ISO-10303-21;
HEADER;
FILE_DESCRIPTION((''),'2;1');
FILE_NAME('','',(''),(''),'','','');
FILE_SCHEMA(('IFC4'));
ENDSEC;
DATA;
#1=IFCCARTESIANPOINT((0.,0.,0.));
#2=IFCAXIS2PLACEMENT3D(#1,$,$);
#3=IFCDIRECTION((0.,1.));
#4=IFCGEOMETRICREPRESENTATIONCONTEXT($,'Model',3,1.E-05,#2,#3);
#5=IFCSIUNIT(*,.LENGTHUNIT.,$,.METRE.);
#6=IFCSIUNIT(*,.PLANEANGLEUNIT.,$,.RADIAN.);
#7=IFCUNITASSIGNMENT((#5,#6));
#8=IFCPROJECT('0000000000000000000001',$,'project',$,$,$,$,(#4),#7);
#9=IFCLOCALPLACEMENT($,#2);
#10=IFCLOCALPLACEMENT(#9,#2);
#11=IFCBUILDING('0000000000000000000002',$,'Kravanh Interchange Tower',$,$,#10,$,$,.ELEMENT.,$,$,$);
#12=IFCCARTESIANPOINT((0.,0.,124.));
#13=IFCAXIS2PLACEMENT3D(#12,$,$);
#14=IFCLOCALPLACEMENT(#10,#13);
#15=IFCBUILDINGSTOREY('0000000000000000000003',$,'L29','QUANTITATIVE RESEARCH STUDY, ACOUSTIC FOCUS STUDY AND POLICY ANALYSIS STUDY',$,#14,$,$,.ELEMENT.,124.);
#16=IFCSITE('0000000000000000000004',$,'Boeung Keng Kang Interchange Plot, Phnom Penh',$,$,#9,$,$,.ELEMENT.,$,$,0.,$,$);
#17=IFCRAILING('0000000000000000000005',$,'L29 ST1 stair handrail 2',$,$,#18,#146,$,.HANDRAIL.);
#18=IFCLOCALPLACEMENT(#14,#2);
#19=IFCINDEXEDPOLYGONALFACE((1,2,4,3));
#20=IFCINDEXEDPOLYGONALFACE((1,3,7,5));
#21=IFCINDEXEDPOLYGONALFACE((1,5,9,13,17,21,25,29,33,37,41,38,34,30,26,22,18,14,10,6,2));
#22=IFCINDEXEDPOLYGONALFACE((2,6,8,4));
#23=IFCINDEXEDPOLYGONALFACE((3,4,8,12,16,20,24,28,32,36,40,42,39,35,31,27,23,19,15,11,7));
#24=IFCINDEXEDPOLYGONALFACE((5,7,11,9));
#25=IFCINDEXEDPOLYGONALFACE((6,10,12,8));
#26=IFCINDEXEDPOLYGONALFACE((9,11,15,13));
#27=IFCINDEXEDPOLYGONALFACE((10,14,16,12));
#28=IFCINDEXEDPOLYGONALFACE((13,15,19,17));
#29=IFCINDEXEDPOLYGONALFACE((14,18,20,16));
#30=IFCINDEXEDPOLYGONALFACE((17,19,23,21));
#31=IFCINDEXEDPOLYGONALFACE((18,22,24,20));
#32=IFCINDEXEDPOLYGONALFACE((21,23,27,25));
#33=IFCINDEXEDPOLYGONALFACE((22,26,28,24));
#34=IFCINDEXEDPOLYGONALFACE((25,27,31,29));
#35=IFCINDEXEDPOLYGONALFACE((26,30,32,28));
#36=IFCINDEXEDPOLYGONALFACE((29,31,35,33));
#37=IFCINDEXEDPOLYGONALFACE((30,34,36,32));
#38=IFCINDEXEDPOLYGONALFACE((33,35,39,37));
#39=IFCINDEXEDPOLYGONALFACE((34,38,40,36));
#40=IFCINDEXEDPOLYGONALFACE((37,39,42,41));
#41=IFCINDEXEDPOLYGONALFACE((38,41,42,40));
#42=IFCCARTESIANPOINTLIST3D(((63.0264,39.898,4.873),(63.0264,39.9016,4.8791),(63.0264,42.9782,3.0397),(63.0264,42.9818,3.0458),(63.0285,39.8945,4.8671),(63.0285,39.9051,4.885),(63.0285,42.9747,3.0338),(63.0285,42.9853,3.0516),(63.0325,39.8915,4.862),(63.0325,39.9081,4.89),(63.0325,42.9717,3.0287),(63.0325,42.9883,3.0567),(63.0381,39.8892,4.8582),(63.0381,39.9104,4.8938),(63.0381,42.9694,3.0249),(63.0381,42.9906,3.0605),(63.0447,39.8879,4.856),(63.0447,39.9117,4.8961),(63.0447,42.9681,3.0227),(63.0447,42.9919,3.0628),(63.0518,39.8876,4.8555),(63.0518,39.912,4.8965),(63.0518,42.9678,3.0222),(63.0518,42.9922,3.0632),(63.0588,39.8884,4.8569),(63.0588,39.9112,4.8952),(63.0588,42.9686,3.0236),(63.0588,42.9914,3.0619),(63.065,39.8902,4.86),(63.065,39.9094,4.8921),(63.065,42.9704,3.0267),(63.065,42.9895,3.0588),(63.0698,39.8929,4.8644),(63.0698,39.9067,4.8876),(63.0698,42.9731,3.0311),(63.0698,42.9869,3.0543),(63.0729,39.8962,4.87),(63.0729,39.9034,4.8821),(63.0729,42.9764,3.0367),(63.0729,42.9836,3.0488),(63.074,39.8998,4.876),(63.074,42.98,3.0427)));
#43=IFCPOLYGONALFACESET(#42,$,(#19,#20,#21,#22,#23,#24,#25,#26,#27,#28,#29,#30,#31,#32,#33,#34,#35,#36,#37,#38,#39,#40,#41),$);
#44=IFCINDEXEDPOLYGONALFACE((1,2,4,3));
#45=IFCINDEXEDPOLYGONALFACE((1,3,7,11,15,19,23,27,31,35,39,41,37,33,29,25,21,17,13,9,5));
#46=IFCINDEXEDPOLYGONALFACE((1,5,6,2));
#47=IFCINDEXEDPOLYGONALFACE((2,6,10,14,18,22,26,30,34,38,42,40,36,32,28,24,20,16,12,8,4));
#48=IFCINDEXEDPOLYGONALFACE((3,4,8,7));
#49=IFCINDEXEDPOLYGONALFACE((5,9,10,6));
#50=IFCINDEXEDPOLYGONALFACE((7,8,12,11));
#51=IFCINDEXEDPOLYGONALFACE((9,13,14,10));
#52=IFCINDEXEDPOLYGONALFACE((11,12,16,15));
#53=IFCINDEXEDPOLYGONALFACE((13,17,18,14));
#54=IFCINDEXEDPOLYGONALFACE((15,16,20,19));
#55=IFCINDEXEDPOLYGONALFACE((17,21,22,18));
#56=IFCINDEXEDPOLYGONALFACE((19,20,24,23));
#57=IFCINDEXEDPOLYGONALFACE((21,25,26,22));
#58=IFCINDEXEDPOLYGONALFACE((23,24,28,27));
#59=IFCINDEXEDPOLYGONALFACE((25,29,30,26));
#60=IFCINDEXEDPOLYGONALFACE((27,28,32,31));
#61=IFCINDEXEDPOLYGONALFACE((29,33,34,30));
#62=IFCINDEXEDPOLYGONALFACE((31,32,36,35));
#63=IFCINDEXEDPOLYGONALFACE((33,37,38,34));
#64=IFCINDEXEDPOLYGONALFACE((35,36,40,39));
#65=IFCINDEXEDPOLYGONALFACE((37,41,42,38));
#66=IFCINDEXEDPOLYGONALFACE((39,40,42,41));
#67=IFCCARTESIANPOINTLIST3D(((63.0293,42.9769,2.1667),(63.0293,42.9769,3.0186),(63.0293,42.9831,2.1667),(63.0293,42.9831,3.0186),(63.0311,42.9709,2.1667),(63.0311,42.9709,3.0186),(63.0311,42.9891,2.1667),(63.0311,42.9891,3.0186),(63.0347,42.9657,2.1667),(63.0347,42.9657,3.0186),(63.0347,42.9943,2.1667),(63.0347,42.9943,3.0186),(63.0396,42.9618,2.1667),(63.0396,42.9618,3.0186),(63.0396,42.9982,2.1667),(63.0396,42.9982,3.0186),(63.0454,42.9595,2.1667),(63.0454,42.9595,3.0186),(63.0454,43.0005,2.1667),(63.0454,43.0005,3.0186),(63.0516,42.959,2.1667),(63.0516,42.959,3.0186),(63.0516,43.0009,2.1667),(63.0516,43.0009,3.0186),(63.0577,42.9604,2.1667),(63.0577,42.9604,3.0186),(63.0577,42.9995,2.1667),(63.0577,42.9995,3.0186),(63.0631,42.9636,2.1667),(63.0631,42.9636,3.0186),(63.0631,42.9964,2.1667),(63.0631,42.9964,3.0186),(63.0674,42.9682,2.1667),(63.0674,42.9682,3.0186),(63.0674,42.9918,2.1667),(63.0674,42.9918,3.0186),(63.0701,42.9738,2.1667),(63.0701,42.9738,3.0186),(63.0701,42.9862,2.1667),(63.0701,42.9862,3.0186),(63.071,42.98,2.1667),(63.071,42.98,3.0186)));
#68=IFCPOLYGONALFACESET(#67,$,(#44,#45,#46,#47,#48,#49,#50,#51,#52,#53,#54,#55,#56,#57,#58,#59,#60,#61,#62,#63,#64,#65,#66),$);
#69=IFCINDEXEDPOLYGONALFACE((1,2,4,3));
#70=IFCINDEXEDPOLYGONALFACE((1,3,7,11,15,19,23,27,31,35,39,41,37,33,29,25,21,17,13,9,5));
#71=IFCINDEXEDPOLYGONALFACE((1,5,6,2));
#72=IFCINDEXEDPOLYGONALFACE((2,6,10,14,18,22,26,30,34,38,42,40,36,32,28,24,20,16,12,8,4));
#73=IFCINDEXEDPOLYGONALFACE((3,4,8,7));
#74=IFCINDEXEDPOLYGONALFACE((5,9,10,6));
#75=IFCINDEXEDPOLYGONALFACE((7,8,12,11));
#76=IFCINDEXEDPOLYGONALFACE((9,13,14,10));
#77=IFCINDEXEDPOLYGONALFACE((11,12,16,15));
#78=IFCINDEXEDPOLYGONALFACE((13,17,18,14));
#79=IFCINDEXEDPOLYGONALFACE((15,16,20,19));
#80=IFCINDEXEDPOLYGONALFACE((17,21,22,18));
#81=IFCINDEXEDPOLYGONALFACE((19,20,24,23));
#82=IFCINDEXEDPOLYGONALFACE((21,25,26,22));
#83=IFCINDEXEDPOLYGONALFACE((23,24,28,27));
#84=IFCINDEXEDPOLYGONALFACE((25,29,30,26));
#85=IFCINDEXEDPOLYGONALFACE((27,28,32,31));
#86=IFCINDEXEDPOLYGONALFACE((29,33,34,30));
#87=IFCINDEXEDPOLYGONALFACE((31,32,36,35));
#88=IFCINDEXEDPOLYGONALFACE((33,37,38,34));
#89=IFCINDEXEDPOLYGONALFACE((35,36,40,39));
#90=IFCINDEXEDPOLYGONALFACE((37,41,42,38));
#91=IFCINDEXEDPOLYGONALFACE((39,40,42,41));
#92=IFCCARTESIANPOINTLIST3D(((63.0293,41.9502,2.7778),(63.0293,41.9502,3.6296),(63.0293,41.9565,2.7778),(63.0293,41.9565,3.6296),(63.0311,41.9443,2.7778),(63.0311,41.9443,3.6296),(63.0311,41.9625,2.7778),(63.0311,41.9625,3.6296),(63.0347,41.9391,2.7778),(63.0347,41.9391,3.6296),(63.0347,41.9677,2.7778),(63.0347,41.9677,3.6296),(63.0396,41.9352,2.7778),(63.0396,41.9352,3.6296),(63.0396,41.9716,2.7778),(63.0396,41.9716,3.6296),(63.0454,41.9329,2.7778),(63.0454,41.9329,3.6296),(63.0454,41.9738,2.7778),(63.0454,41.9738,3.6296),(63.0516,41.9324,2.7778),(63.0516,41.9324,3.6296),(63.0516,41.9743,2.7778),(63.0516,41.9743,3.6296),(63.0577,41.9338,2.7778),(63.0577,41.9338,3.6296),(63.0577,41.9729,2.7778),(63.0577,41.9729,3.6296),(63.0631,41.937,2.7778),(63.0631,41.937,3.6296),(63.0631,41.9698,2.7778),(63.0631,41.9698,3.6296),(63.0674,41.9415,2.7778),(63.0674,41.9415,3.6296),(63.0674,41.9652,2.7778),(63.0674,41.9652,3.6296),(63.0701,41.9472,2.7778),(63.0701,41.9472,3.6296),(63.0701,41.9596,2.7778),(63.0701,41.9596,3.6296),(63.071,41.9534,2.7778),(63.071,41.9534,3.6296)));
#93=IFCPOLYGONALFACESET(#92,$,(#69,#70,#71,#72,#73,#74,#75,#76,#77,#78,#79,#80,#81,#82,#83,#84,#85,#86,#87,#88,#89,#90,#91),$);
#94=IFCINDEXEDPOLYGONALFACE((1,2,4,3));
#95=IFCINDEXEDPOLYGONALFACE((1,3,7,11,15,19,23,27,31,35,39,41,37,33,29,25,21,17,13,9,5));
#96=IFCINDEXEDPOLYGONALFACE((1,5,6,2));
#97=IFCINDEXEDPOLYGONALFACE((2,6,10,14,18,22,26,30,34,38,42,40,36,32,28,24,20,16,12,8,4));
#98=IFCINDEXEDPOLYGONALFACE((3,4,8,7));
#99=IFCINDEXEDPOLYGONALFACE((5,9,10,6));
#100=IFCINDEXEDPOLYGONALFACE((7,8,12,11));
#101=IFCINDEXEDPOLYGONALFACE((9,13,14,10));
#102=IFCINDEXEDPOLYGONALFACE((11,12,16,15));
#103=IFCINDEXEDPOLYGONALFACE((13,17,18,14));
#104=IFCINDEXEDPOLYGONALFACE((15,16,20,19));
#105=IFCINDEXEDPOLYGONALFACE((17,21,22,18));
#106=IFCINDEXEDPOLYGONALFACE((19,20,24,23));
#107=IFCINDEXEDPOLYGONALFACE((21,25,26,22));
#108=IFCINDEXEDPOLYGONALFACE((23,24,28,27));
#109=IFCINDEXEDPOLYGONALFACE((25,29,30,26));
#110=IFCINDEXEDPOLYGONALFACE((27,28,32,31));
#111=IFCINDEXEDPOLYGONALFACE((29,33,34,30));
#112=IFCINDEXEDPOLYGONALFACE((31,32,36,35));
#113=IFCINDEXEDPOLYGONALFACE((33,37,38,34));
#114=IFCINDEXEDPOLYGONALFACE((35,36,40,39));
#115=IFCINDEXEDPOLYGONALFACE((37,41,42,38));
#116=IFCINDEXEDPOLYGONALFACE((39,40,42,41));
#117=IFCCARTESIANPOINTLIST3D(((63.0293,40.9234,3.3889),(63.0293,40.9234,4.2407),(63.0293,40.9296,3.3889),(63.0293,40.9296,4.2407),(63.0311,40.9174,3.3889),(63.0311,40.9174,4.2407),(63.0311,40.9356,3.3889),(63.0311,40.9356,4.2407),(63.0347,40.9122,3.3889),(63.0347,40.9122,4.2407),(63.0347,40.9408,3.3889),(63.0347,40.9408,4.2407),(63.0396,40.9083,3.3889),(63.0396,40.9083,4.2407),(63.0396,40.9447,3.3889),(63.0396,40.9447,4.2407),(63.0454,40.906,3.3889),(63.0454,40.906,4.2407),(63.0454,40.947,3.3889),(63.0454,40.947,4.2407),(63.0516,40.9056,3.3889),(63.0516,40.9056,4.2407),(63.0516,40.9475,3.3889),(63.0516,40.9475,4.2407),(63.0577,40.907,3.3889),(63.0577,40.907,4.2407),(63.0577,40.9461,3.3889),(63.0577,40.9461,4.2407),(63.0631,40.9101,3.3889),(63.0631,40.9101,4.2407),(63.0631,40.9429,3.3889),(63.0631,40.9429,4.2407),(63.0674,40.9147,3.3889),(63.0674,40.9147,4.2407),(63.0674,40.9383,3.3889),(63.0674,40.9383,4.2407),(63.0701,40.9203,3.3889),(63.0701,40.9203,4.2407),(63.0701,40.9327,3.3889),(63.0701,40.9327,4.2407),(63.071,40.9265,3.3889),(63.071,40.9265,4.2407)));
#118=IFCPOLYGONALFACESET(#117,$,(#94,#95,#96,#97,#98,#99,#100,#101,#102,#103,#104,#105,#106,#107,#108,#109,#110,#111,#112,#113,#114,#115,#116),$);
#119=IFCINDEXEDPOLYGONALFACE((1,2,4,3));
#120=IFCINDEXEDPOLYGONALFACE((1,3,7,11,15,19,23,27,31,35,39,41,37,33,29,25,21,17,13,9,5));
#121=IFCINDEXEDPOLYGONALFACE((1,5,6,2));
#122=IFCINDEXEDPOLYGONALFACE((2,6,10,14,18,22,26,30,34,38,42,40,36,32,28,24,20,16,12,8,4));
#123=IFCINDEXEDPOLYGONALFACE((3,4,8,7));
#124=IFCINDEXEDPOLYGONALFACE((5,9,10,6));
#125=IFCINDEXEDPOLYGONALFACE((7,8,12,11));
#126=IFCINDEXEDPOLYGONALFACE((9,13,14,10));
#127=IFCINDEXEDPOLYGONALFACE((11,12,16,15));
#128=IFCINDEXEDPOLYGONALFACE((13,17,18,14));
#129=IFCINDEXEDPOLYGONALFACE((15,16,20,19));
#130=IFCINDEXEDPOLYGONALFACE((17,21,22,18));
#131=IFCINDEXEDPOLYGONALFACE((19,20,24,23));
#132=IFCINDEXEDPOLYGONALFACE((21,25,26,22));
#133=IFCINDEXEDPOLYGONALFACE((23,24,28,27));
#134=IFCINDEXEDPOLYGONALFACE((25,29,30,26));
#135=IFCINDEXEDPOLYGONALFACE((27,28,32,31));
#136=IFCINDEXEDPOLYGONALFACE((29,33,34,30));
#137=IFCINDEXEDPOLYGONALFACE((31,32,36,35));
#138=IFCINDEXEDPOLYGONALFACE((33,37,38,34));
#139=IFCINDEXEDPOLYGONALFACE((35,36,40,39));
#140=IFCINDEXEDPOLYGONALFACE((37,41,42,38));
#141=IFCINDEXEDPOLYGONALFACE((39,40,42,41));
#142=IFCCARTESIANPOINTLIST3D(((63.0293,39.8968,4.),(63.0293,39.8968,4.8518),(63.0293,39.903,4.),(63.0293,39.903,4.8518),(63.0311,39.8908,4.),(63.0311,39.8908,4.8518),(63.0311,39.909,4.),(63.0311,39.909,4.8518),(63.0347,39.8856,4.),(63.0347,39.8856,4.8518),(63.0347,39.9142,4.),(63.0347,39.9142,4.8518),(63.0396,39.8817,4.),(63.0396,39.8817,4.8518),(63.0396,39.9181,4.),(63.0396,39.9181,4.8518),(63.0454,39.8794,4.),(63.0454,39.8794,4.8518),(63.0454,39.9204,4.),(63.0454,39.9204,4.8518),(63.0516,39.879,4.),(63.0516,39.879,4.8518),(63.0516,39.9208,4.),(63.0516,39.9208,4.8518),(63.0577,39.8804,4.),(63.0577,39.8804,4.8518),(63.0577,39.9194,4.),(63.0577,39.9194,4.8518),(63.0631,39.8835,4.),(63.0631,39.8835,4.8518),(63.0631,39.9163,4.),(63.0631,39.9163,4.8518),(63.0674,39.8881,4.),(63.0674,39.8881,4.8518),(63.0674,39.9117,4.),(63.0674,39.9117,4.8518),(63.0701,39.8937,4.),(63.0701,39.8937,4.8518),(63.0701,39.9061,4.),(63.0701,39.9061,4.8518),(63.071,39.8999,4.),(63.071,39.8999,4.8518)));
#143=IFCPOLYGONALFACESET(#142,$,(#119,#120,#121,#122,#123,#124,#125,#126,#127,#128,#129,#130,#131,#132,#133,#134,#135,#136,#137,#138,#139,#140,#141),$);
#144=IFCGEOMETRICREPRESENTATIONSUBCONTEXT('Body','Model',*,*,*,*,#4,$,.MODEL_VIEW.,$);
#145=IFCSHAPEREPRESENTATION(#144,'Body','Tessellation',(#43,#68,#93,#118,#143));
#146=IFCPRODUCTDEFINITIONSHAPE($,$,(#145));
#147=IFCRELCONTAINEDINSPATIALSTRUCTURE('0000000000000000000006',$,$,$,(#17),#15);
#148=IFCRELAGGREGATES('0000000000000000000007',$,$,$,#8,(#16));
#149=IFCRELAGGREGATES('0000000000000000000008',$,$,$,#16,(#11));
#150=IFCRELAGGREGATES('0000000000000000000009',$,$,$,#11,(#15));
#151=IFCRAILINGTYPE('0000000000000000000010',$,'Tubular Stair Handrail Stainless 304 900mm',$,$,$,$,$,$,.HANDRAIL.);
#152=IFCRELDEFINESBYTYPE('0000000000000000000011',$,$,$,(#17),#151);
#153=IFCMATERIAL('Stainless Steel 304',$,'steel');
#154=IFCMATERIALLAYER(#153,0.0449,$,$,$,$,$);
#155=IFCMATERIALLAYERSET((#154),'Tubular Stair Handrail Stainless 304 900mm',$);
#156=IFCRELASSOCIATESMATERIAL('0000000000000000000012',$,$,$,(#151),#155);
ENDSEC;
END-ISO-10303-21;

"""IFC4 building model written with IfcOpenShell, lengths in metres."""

from ifc_helpers import new_model, si_unit, direction, frame, origin, origin_2d, place, context, subcontext, project, spatial, circle, extrude, material, layer, layer_set, type_object, element, save


model = new_model("IFC4")

# Units and contexts
model_context = context("Model", 3, precision=1e-05, world=origin(), true_north=direction((0.0, 1.0)))
body_context = subcontext(model_context, "Body", "Model", "MODEL_VIEW")
ifc_project = project(units=[si_unit("LENGTHUNIT", "METRE"), si_unit("PLANEANGLEUNIT", "RADIAN")], contexts=[model_context])

# Site, building, storey
site_placement = place(None, origin())
site = spatial("IfcSite", under=ifc_project, at=site_placement, Name="Boeung Keng Kang Interchange Plot, Phnom Penh", CompositionType="ELEMENT", RefElevation=0.0)
building_placement = place(site_placement, origin())
building = spatial("IfcBuilding", under=site, at=building_placement, Name="Kravanh Interchange Tower", CompositionType="ELEMENT")
storey_placement = place(building_placement, frame((0.0, 0.0, 124.0)))
storey = spatial("IfcBuildingStorey", under=building, at=storey_placement, Name="L29", Description="QUANTITATIVE RESEARCH STUDY, ACOUSTIC FOCUS STUDY AND POLICY ANALYSIS STUDY", CompositionType="ELEMENT", Elevation=124.0)

# Railing
ifc_material_1 = material(Name="Stainless Steel 304", Category="steel")
ifc_layer_1 = layer(ifc_material_1, 0.0449)
ifc_layer_set_1 = layer_set([ifc_layer_1], Name="Tubular Stair Handrail Stainless 304 900mm")
railing_type_1 = type_object("IfcRailingType", Name="Tubular Stair Handrail Stainless 304 900mm", PredefinedType="HANDRAIL", material=ifc_layer_set_1)
railing_1_placement = place(storey_placement, frame((63.05, 42.98, 2.1667)))
element("IfcRailing", 1, at=railing_1_placement, inside=storey, type_object=railing_type_1, Name="L29 ST1 stair handrail 2", PredefinedType="HANDRAIL", context=body_context, shape_type="SweptSolid", body=[
    extrude(circle(Radius=0.0239, at=origin_2d()), frame((0.0, 0.0, 0.876), z_axis=(0.0, -0.859309, 0.511458), x_axis=(1.0, 0.0, 0.0)), (0.0, 0.0, 1.0), 3.5845),
    extrude(circle(Radius=0.021, at=origin_2d()), origin(), (0.0, 0.0, 1.0), 0.8518),
    extrude(circle(Radius=0.021, at=origin_2d()), frame((0.0, -1.0266, 0.6111)), (0.0, 0.0, 1.0), 0.8518),
    extrude(circle(Radius=0.021, at=origin_2d()), frame((0.0, -2.0535, 1.2222)), (0.0, 0.0, 1.0), 0.8518),
    extrude(circle(Radius=0.021, at=origin_2d()), frame((0.0, -3.0801, 1.8333)), (0.0, 0.0, 1.0), 0.8518),
])

save(model, "model.ifc")
